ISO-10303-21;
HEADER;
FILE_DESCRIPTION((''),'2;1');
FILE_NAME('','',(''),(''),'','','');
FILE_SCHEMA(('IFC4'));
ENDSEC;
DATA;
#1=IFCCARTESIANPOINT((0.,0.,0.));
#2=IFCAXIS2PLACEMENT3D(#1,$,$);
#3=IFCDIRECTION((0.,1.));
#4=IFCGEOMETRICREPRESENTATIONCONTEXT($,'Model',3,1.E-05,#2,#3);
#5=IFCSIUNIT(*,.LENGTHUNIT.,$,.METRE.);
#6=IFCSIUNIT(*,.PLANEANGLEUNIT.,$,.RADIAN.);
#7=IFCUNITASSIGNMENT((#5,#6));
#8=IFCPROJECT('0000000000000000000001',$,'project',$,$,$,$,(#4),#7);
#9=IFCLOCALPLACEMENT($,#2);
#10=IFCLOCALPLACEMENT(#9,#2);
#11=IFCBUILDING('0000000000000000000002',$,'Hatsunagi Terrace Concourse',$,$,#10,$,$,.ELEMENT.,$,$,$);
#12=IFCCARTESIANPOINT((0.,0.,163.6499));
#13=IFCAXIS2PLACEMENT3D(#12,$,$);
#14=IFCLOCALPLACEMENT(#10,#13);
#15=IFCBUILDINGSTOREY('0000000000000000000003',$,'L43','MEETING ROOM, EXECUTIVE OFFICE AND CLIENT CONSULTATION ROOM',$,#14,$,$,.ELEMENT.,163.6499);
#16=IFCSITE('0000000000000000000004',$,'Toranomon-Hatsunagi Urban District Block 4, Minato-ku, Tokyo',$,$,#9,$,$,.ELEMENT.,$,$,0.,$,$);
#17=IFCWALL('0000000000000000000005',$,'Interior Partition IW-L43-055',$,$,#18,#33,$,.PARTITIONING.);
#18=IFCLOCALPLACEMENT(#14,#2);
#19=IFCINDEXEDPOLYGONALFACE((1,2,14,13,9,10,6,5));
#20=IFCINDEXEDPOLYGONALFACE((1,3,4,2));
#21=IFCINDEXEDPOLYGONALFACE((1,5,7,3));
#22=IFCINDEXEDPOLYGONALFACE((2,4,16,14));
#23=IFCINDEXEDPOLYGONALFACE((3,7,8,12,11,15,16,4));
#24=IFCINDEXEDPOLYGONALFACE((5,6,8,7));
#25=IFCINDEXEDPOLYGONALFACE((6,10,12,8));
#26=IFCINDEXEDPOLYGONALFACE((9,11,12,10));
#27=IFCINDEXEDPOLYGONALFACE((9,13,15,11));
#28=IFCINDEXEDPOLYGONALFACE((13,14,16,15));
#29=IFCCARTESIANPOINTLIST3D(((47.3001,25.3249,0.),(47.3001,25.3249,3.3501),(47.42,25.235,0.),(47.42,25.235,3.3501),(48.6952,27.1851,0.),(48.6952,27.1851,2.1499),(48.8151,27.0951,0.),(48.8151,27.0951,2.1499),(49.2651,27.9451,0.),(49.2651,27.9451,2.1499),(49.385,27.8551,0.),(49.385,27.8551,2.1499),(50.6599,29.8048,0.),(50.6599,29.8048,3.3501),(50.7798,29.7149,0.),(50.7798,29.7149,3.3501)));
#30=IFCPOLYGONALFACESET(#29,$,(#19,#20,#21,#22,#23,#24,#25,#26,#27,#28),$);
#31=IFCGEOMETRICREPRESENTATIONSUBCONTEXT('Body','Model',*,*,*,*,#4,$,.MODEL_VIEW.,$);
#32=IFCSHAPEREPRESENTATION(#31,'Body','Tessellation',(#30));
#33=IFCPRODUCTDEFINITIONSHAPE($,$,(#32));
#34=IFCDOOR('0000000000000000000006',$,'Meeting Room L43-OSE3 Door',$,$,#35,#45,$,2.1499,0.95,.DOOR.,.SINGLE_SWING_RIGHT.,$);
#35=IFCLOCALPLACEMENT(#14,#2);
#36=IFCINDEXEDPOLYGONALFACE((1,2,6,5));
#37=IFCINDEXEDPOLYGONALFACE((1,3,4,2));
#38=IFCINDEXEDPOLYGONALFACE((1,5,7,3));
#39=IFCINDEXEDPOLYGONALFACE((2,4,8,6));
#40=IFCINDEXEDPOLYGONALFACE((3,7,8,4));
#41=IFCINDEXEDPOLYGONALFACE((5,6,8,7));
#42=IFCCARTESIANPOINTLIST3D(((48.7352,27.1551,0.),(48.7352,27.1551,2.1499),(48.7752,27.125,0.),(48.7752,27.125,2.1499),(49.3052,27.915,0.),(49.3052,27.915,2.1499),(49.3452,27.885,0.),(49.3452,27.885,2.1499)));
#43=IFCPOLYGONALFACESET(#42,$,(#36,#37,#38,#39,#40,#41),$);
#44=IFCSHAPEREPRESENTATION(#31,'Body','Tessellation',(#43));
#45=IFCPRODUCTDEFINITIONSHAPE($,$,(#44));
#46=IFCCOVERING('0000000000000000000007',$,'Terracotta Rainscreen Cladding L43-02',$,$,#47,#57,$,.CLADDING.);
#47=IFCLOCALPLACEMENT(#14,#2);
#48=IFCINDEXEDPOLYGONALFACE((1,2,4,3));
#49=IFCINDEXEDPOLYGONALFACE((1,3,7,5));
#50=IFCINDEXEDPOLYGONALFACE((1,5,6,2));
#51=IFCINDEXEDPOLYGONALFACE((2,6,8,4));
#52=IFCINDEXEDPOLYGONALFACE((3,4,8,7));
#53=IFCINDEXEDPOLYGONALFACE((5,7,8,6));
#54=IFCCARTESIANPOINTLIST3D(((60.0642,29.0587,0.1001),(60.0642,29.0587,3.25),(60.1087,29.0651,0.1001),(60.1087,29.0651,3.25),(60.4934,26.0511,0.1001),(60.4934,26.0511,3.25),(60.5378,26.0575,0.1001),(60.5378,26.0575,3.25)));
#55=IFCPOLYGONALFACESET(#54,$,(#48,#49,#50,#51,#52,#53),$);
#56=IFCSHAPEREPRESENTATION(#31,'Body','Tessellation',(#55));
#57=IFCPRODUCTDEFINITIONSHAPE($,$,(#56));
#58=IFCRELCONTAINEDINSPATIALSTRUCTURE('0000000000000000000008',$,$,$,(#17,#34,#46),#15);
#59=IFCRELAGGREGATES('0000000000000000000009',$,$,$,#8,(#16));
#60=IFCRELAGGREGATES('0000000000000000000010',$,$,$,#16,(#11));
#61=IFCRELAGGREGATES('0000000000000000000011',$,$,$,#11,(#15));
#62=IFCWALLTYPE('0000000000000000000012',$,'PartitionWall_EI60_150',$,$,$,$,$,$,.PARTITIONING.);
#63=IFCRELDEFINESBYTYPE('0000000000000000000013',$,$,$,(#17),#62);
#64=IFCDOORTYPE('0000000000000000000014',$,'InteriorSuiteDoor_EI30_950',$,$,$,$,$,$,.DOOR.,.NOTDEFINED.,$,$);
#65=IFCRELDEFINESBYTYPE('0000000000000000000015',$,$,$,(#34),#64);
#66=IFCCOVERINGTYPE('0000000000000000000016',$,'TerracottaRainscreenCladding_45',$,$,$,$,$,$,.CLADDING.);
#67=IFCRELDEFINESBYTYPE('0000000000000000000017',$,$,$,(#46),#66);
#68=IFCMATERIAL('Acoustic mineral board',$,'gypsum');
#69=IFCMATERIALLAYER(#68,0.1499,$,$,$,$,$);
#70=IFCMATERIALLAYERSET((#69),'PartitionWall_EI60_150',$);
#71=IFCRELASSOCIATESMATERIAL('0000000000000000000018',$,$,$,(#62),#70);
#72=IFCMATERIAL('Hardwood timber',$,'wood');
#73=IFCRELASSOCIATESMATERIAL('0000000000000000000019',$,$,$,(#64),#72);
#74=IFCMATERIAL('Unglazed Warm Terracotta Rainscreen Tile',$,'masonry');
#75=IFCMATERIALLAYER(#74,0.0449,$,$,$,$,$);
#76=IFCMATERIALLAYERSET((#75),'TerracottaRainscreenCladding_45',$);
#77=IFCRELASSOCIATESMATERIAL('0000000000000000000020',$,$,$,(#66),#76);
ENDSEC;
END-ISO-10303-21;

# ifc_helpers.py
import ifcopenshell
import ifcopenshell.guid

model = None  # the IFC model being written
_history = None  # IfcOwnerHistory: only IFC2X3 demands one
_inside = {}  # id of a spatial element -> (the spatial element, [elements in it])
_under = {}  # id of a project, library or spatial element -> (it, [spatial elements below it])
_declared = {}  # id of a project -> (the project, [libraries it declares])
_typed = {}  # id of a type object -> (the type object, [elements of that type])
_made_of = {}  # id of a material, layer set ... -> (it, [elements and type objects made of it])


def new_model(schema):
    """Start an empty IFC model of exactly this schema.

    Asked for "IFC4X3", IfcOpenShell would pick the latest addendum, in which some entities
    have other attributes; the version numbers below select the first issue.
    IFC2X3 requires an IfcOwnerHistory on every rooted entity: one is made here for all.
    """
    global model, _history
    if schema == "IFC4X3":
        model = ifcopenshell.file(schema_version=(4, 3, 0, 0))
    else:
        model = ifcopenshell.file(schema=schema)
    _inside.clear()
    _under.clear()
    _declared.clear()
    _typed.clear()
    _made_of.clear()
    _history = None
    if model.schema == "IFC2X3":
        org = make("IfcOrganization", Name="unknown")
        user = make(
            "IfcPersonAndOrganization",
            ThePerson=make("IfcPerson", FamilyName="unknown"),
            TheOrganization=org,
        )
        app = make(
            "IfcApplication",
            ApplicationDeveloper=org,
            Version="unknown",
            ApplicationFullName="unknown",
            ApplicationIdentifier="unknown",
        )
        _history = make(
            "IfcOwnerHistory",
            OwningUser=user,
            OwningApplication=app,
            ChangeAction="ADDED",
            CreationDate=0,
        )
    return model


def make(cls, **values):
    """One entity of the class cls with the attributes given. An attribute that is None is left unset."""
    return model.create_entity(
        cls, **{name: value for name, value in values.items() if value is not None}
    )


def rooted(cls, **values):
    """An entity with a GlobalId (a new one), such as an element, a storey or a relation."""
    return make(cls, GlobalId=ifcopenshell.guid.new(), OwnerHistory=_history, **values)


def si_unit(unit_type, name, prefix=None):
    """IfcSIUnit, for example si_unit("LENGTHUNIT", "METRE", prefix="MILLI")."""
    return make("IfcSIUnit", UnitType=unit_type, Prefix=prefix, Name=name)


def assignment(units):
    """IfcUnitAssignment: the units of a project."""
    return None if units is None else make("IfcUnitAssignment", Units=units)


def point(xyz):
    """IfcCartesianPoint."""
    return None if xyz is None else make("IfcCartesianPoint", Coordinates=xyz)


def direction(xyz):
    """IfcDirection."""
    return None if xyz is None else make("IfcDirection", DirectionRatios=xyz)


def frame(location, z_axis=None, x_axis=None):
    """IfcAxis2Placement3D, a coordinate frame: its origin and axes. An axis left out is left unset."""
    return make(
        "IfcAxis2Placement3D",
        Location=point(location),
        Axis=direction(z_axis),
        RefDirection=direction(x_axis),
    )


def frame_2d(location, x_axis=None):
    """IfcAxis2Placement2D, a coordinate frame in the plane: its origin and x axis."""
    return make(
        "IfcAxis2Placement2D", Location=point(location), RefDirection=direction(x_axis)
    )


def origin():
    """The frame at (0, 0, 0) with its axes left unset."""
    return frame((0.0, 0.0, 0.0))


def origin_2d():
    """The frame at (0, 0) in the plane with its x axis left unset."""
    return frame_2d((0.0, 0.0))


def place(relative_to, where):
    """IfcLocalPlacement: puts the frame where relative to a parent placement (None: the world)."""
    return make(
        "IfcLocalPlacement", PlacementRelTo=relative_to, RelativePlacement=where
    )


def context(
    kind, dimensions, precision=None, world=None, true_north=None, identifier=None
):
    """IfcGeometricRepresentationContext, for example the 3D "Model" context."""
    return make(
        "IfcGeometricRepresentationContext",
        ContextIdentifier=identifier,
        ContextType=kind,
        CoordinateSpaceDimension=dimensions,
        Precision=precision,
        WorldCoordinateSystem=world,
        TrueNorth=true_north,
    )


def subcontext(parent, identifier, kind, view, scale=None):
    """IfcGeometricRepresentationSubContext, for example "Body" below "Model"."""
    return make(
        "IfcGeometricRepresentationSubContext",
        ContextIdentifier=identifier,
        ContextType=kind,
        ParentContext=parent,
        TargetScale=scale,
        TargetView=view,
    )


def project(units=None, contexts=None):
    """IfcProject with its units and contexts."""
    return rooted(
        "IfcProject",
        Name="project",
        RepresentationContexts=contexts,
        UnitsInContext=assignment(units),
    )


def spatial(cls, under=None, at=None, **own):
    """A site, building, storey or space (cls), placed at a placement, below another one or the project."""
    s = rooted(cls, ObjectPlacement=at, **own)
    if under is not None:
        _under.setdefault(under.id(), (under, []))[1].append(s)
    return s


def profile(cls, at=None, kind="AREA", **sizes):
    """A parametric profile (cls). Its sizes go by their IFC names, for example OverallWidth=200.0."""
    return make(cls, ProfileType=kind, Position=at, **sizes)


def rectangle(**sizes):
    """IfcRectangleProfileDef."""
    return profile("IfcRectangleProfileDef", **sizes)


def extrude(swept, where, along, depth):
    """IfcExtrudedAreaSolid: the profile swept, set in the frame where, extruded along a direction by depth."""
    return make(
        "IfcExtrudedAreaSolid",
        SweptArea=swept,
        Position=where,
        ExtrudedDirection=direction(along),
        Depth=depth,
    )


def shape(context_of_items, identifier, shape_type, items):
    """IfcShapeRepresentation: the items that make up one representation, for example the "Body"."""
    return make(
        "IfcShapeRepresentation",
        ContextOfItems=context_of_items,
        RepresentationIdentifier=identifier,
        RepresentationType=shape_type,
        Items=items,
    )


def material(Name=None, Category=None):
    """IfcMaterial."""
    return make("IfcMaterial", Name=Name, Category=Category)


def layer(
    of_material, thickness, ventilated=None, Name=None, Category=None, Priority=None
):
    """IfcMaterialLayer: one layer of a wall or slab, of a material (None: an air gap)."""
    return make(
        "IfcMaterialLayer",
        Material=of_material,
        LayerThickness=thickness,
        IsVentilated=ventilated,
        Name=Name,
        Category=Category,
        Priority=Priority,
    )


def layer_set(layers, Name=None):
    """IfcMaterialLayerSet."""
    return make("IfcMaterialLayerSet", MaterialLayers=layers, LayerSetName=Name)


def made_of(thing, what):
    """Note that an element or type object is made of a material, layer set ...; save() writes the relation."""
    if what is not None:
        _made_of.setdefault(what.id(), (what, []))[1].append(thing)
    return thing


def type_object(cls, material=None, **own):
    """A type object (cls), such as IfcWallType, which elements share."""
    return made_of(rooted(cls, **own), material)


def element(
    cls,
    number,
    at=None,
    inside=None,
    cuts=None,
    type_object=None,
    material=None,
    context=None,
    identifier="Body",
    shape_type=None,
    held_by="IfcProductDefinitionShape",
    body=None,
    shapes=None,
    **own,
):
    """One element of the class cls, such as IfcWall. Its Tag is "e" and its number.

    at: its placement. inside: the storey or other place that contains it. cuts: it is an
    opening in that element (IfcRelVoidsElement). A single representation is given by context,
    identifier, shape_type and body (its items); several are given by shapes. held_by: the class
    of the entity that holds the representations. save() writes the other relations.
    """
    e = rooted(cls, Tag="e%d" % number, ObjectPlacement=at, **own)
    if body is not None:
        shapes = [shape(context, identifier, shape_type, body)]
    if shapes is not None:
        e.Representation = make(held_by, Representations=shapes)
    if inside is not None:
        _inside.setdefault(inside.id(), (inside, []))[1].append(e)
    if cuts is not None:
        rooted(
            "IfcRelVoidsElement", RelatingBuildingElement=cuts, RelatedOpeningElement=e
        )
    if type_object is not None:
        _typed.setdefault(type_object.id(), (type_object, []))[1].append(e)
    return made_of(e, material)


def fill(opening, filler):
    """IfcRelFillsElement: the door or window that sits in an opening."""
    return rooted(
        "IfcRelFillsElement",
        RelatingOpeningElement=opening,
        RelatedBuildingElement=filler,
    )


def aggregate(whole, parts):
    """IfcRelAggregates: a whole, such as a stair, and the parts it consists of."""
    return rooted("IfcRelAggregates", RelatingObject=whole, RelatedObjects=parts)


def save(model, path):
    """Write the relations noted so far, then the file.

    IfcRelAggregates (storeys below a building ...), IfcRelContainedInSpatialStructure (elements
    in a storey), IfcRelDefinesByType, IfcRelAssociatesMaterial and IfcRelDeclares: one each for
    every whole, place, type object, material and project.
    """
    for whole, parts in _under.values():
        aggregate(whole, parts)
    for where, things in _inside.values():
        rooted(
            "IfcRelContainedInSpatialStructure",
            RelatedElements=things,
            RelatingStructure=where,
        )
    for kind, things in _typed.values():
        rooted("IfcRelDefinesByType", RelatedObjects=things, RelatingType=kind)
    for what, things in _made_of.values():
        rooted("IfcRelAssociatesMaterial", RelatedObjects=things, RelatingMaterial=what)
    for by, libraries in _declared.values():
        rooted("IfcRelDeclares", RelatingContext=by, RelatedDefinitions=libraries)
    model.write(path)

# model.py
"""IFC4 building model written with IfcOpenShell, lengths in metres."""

from ifc_helpers import new_model, si_unit, direction, frame, frame_2d, origin, origin_2d, place, context, subcontext, project, spatial, rectangle, extrude, material, layer, layer_set, type_object, element, fill, save


model = new_model("IFC4")

# Units and contexts
model_context = context("Model", 3, precision=1e-05, world=origin(), true_north=direction((0.0, 1.0)))
body_context = subcontext(model_context, "Body", "Model", "MODEL_VIEW")
ifc_project = project(units=[si_unit("LENGTHUNIT", "METRE"), si_unit("PLANEANGLEUNIT", "RADIAN")], contexts=[model_context])

# Site, building, storey
site_placement = place(None, origin())
site = spatial("IfcSite", under=ifc_project, at=site_placement, Name="Toranomon-Hatsunagi Urban District Block 4, Minato-ku, Tokyo", CompositionType="ELEMENT", RefElevation=0.0)
building_placement = place(site_placement, origin())
building = spatial("IfcBuilding", under=site, at=building_placement, Name="Hatsunagi Terrace Concourse", CompositionType="ELEMENT")
storey_placement = place(building_placement, frame((0.0, 0.0, 163.6499)))
storey = spatial("IfcBuildingStorey", under=building, at=storey_placement, Name="L43", Description="MEETING ROOM, EXECUTIVE OFFICE AND CLIENT CONSULTATION ROOM", CompositionType="ELEMENT", Elevation=163.6499)

# Shared definitions
ifc_material_1 = material(Name="Acoustic mineral board", Category="gypsum")
ifc_layer_1 = layer(ifc_material_1, 0.1499)
ifc_layer_set_1 = layer_set([ifc_layer_1], Name="PartitionWall_EI60_150")
wall_type = type_object("IfcWallType", Name="PartitionWall_EI60_150", PredefinedType="PARTITIONING", material=ifc_layer_set_1)

# Wall, opening, door
wall_1_placement = place(storey_placement, frame((47.3601, 25.28, 0.0), z_axis=(0.0, 0.0, 1.0), x_axis=(0.599986, 0.80001, 0.0)))
wall_1 = element("IfcWall", 1, at=wall_1_placement, inside=storey, type_object=wall_type, Name="Interior Partition IW-L43-055", PredefinedType="PARTITIONING", context=body_context, shape_type="SweptSolid", body=[
    extrude(rectangle(XDim=5.5999, YDim=0.1499, at=frame_2d((2.7998, 0.0))), origin(), (0.0, 0.0, 1.0), 3.3501),
])
opening_placement = place(wall_1_placement, frame((2.325, 0.0, 0.0)))
opening = element("IfcOpeningElement", 2, at=opening_placement, cuts=wall_1, PredefinedType="OPENING", context=body_context, shape_type="SweptSolid", body=[
    extrude(rectangle(XDim=0.95, YDim=2.1499, at=frame_2d((0.4751, 1.075))), frame((0.0, 0.085, 0.0), z_axis=(0.0, -1.0, 0.0), x_axis=(1.0, 0.0, 0.0)), (0.0, 0.0, 1.0), 0.1699),
])
ifc_material_2 = material(Name="Hardwood timber", Category="wood")
door_type = type_object("IfcDoorType", Name="InteriorSuiteDoor_EI30_950", OperationType="NOTDEFINED", PredefinedType="DOOR", material=ifc_material_2)
door_placement = place(opening_placement, origin())
door = element("IfcDoor", 3, at=door_placement, inside=storey, type_object=door_type, Name="Meeting Room L43-OSE3 Door", OperationType="SINGLE_SWING_RIGHT", OverallHeight=2.1499, OverallWidth=0.95, PredefinedType="DOOR", context=body_context, shape_type="SweptSolid", body=[
    extrude(rectangle(XDim=0.95, YDim=2.1499, at=frame_2d((0.4751, 1.075))), frame((0.0, 0.0249, 0.0), z_axis=(0.0, -1.0, 0.0), x_axis=(1.0, 0.0, 0.0)), (0.0, 0.0, 1.0), 0.05),
])
fill(opening, door)

# Covering
ifc_material_3 = material(Name="Unglazed Warm Terracotta Rainscreen Tile", Category="masonry")
ifc_layer_2 = layer(ifc_material_3, 0.0449)
ifc_layer_set_2 = layer_set([ifc_layer_2], Name="TerracottaRainscreenCladding_45")
covering_type = type_object("IfcCoveringType", Name="TerracottaRainscreenCladding_45", PredefinedType="CLADDING", material=ifc_layer_set_2)
covering_placement = place(storey_placement, frame((60.301, 27.5581, 0.1001), z_axis=(0.0, 0.0, 1.0), x_axis=(0.14125, -0.989974, 0.0)))
element("IfcCovering", 4, at=covering_placement, inside=storey, type_object=covering_type, Name="Terracotta Rainscreen Cladding L43-02", PredefinedType="CLADDING", context=body_context, shape_type="SweptSolid", body=[
    extrude(rectangle(XDim=3.0381, YDim=0.0449, at=origin_2d()), origin(), (0.0, 0.0, 1.0), 3.1499),
])

save(model, "model.ifc")
